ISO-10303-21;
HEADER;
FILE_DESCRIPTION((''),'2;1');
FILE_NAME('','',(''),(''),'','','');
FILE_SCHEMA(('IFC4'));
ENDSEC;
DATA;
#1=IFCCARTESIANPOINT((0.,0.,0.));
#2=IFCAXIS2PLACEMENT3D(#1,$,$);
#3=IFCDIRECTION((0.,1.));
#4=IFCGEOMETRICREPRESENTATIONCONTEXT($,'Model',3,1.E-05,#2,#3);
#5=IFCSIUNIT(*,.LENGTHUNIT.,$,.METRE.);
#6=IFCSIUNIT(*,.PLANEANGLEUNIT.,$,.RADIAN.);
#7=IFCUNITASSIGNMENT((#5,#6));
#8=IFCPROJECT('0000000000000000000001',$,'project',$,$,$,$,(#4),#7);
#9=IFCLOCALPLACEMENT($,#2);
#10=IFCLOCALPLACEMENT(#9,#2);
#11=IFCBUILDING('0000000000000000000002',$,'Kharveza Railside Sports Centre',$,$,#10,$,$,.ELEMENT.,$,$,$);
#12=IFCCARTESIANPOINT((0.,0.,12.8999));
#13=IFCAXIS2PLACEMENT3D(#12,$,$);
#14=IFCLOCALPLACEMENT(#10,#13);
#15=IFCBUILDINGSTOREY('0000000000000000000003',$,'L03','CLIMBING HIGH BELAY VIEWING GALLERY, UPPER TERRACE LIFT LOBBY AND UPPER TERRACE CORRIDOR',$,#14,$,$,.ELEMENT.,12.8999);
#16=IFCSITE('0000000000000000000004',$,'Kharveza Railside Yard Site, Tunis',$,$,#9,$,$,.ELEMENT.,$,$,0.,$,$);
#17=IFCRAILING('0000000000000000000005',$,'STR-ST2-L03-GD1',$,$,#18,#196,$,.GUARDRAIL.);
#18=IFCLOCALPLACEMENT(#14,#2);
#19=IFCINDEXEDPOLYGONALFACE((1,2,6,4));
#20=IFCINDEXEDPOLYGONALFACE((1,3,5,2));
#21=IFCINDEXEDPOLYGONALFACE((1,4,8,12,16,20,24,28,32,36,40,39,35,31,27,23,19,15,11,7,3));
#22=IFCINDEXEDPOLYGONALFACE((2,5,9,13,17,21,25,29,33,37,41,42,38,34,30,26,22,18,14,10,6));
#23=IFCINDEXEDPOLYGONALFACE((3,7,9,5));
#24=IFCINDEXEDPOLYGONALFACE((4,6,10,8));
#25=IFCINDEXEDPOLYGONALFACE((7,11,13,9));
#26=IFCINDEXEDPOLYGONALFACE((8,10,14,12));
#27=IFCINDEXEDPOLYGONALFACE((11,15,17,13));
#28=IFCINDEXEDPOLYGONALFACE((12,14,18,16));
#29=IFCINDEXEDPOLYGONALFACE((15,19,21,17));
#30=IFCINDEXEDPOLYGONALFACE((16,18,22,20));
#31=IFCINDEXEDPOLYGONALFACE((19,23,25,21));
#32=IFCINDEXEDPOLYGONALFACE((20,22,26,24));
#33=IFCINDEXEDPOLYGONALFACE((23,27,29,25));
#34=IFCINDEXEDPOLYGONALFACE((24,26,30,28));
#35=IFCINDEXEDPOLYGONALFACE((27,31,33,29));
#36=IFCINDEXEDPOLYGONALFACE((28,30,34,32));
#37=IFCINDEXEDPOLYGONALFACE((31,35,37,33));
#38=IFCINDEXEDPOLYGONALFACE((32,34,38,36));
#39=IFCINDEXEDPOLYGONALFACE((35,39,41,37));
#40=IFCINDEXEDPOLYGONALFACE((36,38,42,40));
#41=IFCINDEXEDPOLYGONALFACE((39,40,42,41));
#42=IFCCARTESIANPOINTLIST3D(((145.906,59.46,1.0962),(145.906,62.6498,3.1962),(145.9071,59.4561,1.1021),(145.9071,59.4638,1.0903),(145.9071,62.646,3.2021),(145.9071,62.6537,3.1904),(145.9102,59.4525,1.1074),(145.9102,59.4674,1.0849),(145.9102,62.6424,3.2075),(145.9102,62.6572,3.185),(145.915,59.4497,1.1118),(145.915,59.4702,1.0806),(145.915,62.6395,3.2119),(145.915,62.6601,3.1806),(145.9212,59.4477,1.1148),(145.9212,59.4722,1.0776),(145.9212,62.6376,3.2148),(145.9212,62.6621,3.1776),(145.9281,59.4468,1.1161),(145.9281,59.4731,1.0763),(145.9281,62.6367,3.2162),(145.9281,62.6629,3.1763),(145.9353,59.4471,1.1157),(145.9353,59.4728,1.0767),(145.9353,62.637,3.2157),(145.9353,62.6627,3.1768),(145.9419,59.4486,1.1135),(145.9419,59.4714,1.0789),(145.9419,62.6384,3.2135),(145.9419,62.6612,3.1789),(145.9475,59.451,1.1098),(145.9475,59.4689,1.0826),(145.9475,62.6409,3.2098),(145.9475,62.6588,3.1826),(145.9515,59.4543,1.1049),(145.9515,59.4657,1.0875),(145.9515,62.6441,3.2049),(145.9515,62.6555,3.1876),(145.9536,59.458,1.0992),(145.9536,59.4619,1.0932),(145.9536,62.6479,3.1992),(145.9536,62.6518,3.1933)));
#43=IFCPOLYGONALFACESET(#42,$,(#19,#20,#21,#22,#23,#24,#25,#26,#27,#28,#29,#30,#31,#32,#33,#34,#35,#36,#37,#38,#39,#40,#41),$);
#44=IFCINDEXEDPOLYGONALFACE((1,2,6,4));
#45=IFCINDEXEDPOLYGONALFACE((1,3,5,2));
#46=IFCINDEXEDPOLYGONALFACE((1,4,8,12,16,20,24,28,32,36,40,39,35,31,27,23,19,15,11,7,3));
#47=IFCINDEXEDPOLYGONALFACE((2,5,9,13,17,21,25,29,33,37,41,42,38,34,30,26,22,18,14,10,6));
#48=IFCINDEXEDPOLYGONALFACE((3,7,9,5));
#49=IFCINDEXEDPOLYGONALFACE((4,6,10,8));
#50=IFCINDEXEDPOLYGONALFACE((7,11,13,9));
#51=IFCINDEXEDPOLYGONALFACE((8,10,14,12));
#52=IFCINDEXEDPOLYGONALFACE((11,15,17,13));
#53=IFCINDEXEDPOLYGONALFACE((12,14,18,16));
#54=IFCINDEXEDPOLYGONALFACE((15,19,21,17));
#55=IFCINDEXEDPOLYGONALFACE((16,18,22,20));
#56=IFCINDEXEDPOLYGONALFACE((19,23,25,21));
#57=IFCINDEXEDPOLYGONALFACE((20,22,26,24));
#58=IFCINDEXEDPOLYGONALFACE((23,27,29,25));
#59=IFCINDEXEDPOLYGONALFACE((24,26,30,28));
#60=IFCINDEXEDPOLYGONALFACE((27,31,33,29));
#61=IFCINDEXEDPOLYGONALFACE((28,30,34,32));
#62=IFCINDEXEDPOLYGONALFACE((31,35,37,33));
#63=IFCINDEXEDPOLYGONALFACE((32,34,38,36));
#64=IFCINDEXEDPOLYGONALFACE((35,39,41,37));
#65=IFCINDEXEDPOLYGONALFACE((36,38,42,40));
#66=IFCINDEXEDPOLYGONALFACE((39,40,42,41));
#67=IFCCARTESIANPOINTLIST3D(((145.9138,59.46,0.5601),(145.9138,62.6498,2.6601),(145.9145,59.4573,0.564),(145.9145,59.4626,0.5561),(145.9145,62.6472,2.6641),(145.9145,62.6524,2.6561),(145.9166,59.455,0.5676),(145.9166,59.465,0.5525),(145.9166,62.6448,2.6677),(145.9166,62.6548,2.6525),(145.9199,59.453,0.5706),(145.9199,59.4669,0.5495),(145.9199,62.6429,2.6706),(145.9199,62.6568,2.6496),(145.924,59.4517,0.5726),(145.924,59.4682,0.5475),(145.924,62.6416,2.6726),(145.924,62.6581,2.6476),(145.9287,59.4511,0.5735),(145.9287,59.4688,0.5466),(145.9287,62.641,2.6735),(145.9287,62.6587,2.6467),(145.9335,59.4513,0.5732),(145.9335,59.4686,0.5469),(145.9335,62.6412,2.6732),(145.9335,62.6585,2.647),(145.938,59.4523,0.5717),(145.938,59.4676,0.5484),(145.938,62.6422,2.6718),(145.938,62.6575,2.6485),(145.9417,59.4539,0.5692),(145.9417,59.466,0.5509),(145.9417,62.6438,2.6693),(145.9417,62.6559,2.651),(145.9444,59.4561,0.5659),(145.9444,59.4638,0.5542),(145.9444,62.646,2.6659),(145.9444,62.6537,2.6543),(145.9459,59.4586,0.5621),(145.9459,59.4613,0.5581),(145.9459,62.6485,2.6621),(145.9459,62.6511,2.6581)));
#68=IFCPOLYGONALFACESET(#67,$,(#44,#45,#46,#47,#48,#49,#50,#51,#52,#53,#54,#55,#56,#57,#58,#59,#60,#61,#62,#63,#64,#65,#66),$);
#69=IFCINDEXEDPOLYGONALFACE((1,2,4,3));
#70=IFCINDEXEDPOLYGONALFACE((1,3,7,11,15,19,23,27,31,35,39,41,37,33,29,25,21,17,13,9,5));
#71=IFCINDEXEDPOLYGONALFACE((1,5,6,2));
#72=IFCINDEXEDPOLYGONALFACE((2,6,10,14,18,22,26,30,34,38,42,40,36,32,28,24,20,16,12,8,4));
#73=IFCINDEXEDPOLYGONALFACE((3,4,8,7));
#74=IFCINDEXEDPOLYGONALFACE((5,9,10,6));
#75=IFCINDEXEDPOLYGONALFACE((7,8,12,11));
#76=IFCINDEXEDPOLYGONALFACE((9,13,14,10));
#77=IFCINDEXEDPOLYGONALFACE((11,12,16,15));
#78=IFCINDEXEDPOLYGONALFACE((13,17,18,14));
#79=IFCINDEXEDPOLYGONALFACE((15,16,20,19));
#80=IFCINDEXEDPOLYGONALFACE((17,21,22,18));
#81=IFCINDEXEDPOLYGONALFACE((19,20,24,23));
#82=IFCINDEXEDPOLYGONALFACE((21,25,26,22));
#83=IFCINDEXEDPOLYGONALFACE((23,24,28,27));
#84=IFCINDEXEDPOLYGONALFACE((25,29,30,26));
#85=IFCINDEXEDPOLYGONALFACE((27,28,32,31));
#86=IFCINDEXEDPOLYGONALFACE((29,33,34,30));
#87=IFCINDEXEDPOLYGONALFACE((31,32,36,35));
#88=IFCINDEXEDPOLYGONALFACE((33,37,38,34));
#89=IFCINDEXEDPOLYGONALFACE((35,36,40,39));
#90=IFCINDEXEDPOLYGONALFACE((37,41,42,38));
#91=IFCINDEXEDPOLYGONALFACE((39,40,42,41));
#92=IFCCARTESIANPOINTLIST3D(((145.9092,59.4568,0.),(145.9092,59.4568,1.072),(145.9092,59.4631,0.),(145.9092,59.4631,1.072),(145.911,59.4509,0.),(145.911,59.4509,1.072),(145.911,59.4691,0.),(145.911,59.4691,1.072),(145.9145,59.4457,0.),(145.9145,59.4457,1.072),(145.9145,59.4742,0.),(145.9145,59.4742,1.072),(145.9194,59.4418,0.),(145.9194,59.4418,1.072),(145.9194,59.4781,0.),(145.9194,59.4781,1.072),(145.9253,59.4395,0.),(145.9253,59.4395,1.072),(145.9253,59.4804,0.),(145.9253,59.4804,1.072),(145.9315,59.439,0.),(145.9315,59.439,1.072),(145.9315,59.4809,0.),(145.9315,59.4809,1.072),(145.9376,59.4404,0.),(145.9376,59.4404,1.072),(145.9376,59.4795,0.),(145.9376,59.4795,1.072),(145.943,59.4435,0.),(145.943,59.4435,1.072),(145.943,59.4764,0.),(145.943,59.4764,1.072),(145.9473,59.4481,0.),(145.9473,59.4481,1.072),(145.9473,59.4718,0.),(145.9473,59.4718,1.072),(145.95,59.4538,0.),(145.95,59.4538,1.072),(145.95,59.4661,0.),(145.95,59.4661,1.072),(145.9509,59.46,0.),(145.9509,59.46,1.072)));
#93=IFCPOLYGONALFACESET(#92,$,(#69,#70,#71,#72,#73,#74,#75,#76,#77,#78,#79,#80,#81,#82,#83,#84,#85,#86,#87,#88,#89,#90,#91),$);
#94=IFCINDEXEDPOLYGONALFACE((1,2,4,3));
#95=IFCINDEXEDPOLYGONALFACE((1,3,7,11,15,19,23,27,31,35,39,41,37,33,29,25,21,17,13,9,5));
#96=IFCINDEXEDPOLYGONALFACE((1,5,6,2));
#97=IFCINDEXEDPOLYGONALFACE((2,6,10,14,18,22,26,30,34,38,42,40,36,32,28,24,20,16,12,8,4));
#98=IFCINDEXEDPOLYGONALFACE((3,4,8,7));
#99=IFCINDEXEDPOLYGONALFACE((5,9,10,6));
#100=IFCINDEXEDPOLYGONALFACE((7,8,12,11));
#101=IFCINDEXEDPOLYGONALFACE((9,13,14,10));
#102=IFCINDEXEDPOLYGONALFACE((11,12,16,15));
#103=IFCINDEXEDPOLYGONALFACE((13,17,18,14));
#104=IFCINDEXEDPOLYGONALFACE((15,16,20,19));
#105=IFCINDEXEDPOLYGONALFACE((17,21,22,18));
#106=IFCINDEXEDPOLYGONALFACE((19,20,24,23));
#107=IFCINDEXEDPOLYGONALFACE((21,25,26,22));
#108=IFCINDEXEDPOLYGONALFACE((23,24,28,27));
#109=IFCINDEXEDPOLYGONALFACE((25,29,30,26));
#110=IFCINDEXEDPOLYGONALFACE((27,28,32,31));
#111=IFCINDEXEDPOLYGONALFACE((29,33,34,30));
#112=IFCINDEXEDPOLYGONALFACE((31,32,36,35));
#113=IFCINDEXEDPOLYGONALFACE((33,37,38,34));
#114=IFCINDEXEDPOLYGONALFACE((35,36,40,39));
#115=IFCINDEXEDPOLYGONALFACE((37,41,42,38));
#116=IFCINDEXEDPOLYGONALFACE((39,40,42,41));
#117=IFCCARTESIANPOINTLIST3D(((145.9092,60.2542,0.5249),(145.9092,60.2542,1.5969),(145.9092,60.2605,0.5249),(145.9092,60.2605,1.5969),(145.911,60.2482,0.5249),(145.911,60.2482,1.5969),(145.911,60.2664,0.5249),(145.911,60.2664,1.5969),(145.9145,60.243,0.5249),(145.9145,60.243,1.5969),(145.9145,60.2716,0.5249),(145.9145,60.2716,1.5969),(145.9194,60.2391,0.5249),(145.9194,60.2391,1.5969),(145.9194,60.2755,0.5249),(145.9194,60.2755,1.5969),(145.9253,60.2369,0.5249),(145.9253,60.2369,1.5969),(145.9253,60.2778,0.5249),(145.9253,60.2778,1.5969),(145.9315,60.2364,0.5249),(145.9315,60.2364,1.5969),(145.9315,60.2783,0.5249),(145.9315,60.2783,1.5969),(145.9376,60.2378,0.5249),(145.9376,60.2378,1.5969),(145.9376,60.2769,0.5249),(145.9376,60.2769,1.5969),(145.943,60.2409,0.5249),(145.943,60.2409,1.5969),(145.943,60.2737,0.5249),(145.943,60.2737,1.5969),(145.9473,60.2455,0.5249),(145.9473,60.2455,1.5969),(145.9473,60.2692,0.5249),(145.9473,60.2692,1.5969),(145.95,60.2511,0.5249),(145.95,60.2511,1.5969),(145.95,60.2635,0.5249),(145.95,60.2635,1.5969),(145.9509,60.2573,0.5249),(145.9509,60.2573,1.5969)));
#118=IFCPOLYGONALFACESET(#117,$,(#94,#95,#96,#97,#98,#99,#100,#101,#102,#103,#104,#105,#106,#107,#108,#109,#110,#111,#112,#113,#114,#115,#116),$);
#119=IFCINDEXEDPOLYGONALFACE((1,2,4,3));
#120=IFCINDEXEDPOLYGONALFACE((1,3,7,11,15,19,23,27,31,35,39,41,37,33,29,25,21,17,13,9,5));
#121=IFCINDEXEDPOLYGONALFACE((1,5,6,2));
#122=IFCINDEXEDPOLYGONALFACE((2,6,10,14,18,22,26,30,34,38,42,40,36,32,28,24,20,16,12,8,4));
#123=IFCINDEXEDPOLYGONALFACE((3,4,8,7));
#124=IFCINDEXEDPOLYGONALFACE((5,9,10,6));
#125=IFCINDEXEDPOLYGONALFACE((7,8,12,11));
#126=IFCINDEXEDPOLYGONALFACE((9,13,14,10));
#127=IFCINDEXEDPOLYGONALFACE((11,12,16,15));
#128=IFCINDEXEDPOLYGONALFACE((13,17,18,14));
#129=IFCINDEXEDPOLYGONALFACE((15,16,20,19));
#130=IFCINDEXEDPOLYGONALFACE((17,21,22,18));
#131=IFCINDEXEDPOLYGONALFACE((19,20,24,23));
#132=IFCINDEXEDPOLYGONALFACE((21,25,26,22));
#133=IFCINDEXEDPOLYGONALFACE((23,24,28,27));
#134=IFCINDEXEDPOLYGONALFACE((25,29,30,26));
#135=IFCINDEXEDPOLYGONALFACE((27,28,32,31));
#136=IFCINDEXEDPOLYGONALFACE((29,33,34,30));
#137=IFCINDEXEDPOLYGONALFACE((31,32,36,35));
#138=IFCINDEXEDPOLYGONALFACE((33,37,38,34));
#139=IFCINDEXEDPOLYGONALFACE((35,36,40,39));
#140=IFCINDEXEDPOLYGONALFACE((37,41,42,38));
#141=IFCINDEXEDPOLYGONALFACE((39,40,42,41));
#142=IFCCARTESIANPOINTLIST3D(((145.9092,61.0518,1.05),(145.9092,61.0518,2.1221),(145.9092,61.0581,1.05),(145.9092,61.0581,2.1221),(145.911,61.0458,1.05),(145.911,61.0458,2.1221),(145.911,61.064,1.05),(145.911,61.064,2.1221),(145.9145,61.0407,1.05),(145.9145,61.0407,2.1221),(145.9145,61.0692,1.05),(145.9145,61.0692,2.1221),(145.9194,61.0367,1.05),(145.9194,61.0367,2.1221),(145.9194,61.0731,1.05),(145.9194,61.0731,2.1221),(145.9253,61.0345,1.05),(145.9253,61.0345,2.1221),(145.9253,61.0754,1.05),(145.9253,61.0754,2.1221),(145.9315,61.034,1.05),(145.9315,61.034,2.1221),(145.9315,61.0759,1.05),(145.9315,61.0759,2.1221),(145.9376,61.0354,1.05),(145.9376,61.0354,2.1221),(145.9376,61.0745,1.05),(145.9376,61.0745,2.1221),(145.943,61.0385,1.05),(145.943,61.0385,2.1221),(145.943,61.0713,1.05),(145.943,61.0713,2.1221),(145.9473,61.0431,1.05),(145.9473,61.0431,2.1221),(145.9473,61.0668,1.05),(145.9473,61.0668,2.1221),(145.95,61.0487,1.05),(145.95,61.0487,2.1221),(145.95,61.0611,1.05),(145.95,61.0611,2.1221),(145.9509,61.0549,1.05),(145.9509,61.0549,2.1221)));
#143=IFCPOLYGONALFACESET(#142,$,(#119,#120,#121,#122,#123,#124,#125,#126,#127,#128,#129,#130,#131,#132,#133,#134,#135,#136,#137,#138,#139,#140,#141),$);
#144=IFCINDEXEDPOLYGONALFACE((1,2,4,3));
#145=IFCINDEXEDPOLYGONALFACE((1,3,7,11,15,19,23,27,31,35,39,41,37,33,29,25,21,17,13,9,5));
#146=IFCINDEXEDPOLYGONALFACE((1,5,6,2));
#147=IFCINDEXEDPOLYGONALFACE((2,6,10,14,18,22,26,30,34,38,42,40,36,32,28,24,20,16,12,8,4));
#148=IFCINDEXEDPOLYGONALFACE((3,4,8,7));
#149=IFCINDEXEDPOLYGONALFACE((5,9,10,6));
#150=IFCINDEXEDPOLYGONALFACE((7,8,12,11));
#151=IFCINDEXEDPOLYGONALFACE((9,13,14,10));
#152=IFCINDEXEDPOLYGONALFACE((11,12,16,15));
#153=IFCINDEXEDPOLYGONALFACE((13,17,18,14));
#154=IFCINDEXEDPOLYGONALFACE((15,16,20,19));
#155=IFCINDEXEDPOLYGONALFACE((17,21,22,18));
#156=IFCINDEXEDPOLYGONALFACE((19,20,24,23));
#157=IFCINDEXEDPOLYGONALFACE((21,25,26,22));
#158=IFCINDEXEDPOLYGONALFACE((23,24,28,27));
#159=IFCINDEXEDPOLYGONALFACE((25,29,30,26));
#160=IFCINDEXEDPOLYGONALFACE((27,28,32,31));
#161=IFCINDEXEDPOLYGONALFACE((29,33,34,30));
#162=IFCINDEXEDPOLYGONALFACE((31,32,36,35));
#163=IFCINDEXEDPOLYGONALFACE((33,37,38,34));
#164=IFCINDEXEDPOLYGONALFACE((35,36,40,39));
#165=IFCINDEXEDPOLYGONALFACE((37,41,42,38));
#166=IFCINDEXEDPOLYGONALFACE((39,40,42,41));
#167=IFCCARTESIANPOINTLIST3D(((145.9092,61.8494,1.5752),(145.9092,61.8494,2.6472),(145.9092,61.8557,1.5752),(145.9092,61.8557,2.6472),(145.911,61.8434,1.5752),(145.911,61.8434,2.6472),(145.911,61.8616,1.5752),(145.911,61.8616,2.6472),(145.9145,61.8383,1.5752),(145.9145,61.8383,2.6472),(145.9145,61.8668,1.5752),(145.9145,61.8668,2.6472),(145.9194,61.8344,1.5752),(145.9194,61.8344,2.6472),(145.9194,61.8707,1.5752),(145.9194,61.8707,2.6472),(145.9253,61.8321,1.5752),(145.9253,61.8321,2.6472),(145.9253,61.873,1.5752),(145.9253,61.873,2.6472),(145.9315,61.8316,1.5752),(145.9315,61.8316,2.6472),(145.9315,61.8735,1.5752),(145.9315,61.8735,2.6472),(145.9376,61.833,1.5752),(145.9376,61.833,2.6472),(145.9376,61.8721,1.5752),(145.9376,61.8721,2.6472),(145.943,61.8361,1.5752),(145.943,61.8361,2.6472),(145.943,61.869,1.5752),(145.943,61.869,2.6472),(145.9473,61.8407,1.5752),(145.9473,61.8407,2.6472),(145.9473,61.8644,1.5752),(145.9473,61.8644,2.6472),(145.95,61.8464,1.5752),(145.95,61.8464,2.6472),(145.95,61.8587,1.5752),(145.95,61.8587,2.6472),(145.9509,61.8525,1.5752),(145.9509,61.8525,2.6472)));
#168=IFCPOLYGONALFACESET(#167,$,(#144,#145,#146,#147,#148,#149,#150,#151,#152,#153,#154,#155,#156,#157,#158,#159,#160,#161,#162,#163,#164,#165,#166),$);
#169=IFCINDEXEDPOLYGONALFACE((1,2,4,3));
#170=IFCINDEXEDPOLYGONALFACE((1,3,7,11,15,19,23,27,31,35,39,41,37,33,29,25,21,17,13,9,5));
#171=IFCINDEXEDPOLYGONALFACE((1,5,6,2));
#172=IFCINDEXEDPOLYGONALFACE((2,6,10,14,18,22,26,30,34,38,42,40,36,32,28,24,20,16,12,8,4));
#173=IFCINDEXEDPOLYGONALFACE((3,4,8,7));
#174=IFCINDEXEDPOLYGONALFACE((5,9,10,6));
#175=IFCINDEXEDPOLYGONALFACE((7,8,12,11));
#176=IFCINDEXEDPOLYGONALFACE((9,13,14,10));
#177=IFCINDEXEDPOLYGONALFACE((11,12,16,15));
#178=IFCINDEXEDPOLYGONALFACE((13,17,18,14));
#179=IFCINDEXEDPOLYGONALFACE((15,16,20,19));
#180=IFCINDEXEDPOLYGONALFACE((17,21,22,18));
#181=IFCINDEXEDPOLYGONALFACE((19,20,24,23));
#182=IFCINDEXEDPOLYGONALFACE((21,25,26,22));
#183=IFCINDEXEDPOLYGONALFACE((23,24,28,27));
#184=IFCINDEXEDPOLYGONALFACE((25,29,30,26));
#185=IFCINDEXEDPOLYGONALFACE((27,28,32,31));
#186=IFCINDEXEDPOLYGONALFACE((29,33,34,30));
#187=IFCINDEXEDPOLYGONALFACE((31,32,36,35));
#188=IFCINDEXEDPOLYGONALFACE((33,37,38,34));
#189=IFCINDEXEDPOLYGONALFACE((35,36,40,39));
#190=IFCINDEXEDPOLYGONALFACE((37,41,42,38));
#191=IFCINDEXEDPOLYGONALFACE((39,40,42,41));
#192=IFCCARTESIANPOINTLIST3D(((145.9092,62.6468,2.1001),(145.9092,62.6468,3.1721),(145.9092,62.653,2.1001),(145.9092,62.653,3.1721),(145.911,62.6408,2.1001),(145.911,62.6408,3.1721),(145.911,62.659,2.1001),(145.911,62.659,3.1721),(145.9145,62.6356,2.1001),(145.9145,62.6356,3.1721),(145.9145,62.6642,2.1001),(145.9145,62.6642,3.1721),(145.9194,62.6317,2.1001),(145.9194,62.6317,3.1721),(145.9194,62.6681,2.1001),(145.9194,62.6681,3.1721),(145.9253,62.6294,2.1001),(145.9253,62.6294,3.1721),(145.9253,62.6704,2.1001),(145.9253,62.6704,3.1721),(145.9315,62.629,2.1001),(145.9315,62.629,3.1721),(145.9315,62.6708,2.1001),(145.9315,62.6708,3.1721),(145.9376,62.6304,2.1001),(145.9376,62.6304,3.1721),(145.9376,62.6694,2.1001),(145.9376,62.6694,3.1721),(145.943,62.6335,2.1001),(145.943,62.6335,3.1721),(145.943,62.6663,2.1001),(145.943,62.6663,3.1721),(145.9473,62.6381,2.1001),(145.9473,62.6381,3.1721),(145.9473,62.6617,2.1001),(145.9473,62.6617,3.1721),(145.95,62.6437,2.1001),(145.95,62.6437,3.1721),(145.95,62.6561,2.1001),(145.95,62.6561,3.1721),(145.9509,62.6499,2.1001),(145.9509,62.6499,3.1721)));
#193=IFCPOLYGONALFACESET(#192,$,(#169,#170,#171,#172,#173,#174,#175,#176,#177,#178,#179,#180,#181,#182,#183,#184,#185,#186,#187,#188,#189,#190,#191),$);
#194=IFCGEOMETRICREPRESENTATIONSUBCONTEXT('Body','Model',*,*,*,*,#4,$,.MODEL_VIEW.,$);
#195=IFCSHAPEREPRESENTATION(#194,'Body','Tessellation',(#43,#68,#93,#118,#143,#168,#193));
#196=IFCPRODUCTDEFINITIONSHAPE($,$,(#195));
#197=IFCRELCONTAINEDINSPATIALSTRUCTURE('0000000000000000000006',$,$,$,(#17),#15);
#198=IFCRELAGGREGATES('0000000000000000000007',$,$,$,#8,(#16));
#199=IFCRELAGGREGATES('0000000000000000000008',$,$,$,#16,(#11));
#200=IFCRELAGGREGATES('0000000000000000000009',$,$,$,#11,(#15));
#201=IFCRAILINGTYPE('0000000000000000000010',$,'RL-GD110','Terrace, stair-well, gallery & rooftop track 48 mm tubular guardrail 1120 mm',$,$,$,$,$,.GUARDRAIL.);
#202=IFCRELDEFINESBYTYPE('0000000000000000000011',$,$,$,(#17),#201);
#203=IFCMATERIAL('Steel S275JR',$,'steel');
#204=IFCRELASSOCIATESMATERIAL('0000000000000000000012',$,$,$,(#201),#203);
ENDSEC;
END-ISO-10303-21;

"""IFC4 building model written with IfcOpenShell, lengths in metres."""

from ifc_helpers import new_model, si_unit, direction, frame, origin, origin_2d, place, context, subcontext, project, spatial, circle, extrude, material, type_object, element, save


model = new_model("IFC4")

# Units and contexts
model_context = context("Model", 3, precision=1e-05, world=origin(), true_north=direction((0.0, 1.0)))
body_context = subcontext(model_context, "Body", "Model", "MODEL_VIEW")
ifc_project = project(units=[si_unit("LENGTHUNIT", "METRE"), si_unit("PLANEANGLEUNIT", "RADIAN")], contexts=[model_context])

# Site, building, storey
site_placement = place(None, origin())
site = spatial("IfcSite", under=ifc_project, at=site_placement, Name="Kharveza Railside Yard Site, Tunis", CompositionType="ELEMENT", RefElevation=0.0)
building_placement = place(site_placement, origin())
building = spatial("IfcBuilding", under=site, at=building_placement, Name="Kharveza Railside Sports Centre", CompositionType="ELEMENT")
storey_placement = place(building_placement, frame((0.0, 0.0, 12.8999)))
storey = spatial("IfcBuildingStorey", under=building, at=storey_placement, Name="L03", Description="CLIMBING HIGH BELAY VIEWING GALLERY, UPPER TERRACE LIFT LOBBY AND UPPER TERRACE CORRIDOR", CompositionType="ELEMENT", Elevation=12.8999)

# Railing
ifc_material_1 = material(Name="Steel S275JR", Category="steel")
railing_type_1 = type_object("IfcRailingType", Name="RL-GD110", Description="Terrace, stair-well, gallery & rooftop track 48 mm tubular guardrail 1120 mm", PredefinedType="GUARDRAIL", material=ifc_material_1)
railing_1_placement = place(storey_placement, frame((145.9299, 59.46, 0.0)))
element("IfcRailing", 1, at=railing_1_placement, inside=storey, type_object=railing_type_1, Name="STR-ST2-L03-GD1", PredefinedType="GUARDRAIL", context=body_context, shape_type="SweptSolid", body=[
    extrude(circle(Radius=0.0239, at=origin_2d()), frame((0.0, 0.0, 1.0962), z_axis=(0.0, 0.835242, 0.549882), x_axis=(-1.0, 0.0, 0.0)), (0.0, 0.0, 1.0), 3.8191),
    extrude(circle(Radius=0.0161, at=origin_2d()), frame((0.0, 0.0, 0.5601), z_axis=(0.0, 0.835242, 0.549882), x_axis=(-1.0, 0.0, 0.0)), (0.0, 0.0, 1.0), 3.8191),
    extrude(circle(Radius=0.021, at=origin_2d()), origin(), (0.0, 0.0, 1.0), 1.072),
    extrude(circle(Radius=0.021, at=origin_2d()), frame((0.0, 0.7974, 0.5249)), (0.0, 0.0, 1.0), 1.072),
    extrude(circle(Radius=0.021, at=origin_2d()), frame((0.0, 1.595, 1.05)), (0.0, 0.0, 1.0), 1.072),
    extrude(circle(Radius=0.021, at=origin_2d()), frame((0.0, 2.3926, 1.5752)), (0.0, 0.0, 1.0), 1.072),
    extrude(circle(Radius=0.021, at=origin_2d()), frame((0.0, 3.1899, 2.1001)), (0.0, 0.0, 1.0), 1.072),
])

save(model, "model.ifc")
